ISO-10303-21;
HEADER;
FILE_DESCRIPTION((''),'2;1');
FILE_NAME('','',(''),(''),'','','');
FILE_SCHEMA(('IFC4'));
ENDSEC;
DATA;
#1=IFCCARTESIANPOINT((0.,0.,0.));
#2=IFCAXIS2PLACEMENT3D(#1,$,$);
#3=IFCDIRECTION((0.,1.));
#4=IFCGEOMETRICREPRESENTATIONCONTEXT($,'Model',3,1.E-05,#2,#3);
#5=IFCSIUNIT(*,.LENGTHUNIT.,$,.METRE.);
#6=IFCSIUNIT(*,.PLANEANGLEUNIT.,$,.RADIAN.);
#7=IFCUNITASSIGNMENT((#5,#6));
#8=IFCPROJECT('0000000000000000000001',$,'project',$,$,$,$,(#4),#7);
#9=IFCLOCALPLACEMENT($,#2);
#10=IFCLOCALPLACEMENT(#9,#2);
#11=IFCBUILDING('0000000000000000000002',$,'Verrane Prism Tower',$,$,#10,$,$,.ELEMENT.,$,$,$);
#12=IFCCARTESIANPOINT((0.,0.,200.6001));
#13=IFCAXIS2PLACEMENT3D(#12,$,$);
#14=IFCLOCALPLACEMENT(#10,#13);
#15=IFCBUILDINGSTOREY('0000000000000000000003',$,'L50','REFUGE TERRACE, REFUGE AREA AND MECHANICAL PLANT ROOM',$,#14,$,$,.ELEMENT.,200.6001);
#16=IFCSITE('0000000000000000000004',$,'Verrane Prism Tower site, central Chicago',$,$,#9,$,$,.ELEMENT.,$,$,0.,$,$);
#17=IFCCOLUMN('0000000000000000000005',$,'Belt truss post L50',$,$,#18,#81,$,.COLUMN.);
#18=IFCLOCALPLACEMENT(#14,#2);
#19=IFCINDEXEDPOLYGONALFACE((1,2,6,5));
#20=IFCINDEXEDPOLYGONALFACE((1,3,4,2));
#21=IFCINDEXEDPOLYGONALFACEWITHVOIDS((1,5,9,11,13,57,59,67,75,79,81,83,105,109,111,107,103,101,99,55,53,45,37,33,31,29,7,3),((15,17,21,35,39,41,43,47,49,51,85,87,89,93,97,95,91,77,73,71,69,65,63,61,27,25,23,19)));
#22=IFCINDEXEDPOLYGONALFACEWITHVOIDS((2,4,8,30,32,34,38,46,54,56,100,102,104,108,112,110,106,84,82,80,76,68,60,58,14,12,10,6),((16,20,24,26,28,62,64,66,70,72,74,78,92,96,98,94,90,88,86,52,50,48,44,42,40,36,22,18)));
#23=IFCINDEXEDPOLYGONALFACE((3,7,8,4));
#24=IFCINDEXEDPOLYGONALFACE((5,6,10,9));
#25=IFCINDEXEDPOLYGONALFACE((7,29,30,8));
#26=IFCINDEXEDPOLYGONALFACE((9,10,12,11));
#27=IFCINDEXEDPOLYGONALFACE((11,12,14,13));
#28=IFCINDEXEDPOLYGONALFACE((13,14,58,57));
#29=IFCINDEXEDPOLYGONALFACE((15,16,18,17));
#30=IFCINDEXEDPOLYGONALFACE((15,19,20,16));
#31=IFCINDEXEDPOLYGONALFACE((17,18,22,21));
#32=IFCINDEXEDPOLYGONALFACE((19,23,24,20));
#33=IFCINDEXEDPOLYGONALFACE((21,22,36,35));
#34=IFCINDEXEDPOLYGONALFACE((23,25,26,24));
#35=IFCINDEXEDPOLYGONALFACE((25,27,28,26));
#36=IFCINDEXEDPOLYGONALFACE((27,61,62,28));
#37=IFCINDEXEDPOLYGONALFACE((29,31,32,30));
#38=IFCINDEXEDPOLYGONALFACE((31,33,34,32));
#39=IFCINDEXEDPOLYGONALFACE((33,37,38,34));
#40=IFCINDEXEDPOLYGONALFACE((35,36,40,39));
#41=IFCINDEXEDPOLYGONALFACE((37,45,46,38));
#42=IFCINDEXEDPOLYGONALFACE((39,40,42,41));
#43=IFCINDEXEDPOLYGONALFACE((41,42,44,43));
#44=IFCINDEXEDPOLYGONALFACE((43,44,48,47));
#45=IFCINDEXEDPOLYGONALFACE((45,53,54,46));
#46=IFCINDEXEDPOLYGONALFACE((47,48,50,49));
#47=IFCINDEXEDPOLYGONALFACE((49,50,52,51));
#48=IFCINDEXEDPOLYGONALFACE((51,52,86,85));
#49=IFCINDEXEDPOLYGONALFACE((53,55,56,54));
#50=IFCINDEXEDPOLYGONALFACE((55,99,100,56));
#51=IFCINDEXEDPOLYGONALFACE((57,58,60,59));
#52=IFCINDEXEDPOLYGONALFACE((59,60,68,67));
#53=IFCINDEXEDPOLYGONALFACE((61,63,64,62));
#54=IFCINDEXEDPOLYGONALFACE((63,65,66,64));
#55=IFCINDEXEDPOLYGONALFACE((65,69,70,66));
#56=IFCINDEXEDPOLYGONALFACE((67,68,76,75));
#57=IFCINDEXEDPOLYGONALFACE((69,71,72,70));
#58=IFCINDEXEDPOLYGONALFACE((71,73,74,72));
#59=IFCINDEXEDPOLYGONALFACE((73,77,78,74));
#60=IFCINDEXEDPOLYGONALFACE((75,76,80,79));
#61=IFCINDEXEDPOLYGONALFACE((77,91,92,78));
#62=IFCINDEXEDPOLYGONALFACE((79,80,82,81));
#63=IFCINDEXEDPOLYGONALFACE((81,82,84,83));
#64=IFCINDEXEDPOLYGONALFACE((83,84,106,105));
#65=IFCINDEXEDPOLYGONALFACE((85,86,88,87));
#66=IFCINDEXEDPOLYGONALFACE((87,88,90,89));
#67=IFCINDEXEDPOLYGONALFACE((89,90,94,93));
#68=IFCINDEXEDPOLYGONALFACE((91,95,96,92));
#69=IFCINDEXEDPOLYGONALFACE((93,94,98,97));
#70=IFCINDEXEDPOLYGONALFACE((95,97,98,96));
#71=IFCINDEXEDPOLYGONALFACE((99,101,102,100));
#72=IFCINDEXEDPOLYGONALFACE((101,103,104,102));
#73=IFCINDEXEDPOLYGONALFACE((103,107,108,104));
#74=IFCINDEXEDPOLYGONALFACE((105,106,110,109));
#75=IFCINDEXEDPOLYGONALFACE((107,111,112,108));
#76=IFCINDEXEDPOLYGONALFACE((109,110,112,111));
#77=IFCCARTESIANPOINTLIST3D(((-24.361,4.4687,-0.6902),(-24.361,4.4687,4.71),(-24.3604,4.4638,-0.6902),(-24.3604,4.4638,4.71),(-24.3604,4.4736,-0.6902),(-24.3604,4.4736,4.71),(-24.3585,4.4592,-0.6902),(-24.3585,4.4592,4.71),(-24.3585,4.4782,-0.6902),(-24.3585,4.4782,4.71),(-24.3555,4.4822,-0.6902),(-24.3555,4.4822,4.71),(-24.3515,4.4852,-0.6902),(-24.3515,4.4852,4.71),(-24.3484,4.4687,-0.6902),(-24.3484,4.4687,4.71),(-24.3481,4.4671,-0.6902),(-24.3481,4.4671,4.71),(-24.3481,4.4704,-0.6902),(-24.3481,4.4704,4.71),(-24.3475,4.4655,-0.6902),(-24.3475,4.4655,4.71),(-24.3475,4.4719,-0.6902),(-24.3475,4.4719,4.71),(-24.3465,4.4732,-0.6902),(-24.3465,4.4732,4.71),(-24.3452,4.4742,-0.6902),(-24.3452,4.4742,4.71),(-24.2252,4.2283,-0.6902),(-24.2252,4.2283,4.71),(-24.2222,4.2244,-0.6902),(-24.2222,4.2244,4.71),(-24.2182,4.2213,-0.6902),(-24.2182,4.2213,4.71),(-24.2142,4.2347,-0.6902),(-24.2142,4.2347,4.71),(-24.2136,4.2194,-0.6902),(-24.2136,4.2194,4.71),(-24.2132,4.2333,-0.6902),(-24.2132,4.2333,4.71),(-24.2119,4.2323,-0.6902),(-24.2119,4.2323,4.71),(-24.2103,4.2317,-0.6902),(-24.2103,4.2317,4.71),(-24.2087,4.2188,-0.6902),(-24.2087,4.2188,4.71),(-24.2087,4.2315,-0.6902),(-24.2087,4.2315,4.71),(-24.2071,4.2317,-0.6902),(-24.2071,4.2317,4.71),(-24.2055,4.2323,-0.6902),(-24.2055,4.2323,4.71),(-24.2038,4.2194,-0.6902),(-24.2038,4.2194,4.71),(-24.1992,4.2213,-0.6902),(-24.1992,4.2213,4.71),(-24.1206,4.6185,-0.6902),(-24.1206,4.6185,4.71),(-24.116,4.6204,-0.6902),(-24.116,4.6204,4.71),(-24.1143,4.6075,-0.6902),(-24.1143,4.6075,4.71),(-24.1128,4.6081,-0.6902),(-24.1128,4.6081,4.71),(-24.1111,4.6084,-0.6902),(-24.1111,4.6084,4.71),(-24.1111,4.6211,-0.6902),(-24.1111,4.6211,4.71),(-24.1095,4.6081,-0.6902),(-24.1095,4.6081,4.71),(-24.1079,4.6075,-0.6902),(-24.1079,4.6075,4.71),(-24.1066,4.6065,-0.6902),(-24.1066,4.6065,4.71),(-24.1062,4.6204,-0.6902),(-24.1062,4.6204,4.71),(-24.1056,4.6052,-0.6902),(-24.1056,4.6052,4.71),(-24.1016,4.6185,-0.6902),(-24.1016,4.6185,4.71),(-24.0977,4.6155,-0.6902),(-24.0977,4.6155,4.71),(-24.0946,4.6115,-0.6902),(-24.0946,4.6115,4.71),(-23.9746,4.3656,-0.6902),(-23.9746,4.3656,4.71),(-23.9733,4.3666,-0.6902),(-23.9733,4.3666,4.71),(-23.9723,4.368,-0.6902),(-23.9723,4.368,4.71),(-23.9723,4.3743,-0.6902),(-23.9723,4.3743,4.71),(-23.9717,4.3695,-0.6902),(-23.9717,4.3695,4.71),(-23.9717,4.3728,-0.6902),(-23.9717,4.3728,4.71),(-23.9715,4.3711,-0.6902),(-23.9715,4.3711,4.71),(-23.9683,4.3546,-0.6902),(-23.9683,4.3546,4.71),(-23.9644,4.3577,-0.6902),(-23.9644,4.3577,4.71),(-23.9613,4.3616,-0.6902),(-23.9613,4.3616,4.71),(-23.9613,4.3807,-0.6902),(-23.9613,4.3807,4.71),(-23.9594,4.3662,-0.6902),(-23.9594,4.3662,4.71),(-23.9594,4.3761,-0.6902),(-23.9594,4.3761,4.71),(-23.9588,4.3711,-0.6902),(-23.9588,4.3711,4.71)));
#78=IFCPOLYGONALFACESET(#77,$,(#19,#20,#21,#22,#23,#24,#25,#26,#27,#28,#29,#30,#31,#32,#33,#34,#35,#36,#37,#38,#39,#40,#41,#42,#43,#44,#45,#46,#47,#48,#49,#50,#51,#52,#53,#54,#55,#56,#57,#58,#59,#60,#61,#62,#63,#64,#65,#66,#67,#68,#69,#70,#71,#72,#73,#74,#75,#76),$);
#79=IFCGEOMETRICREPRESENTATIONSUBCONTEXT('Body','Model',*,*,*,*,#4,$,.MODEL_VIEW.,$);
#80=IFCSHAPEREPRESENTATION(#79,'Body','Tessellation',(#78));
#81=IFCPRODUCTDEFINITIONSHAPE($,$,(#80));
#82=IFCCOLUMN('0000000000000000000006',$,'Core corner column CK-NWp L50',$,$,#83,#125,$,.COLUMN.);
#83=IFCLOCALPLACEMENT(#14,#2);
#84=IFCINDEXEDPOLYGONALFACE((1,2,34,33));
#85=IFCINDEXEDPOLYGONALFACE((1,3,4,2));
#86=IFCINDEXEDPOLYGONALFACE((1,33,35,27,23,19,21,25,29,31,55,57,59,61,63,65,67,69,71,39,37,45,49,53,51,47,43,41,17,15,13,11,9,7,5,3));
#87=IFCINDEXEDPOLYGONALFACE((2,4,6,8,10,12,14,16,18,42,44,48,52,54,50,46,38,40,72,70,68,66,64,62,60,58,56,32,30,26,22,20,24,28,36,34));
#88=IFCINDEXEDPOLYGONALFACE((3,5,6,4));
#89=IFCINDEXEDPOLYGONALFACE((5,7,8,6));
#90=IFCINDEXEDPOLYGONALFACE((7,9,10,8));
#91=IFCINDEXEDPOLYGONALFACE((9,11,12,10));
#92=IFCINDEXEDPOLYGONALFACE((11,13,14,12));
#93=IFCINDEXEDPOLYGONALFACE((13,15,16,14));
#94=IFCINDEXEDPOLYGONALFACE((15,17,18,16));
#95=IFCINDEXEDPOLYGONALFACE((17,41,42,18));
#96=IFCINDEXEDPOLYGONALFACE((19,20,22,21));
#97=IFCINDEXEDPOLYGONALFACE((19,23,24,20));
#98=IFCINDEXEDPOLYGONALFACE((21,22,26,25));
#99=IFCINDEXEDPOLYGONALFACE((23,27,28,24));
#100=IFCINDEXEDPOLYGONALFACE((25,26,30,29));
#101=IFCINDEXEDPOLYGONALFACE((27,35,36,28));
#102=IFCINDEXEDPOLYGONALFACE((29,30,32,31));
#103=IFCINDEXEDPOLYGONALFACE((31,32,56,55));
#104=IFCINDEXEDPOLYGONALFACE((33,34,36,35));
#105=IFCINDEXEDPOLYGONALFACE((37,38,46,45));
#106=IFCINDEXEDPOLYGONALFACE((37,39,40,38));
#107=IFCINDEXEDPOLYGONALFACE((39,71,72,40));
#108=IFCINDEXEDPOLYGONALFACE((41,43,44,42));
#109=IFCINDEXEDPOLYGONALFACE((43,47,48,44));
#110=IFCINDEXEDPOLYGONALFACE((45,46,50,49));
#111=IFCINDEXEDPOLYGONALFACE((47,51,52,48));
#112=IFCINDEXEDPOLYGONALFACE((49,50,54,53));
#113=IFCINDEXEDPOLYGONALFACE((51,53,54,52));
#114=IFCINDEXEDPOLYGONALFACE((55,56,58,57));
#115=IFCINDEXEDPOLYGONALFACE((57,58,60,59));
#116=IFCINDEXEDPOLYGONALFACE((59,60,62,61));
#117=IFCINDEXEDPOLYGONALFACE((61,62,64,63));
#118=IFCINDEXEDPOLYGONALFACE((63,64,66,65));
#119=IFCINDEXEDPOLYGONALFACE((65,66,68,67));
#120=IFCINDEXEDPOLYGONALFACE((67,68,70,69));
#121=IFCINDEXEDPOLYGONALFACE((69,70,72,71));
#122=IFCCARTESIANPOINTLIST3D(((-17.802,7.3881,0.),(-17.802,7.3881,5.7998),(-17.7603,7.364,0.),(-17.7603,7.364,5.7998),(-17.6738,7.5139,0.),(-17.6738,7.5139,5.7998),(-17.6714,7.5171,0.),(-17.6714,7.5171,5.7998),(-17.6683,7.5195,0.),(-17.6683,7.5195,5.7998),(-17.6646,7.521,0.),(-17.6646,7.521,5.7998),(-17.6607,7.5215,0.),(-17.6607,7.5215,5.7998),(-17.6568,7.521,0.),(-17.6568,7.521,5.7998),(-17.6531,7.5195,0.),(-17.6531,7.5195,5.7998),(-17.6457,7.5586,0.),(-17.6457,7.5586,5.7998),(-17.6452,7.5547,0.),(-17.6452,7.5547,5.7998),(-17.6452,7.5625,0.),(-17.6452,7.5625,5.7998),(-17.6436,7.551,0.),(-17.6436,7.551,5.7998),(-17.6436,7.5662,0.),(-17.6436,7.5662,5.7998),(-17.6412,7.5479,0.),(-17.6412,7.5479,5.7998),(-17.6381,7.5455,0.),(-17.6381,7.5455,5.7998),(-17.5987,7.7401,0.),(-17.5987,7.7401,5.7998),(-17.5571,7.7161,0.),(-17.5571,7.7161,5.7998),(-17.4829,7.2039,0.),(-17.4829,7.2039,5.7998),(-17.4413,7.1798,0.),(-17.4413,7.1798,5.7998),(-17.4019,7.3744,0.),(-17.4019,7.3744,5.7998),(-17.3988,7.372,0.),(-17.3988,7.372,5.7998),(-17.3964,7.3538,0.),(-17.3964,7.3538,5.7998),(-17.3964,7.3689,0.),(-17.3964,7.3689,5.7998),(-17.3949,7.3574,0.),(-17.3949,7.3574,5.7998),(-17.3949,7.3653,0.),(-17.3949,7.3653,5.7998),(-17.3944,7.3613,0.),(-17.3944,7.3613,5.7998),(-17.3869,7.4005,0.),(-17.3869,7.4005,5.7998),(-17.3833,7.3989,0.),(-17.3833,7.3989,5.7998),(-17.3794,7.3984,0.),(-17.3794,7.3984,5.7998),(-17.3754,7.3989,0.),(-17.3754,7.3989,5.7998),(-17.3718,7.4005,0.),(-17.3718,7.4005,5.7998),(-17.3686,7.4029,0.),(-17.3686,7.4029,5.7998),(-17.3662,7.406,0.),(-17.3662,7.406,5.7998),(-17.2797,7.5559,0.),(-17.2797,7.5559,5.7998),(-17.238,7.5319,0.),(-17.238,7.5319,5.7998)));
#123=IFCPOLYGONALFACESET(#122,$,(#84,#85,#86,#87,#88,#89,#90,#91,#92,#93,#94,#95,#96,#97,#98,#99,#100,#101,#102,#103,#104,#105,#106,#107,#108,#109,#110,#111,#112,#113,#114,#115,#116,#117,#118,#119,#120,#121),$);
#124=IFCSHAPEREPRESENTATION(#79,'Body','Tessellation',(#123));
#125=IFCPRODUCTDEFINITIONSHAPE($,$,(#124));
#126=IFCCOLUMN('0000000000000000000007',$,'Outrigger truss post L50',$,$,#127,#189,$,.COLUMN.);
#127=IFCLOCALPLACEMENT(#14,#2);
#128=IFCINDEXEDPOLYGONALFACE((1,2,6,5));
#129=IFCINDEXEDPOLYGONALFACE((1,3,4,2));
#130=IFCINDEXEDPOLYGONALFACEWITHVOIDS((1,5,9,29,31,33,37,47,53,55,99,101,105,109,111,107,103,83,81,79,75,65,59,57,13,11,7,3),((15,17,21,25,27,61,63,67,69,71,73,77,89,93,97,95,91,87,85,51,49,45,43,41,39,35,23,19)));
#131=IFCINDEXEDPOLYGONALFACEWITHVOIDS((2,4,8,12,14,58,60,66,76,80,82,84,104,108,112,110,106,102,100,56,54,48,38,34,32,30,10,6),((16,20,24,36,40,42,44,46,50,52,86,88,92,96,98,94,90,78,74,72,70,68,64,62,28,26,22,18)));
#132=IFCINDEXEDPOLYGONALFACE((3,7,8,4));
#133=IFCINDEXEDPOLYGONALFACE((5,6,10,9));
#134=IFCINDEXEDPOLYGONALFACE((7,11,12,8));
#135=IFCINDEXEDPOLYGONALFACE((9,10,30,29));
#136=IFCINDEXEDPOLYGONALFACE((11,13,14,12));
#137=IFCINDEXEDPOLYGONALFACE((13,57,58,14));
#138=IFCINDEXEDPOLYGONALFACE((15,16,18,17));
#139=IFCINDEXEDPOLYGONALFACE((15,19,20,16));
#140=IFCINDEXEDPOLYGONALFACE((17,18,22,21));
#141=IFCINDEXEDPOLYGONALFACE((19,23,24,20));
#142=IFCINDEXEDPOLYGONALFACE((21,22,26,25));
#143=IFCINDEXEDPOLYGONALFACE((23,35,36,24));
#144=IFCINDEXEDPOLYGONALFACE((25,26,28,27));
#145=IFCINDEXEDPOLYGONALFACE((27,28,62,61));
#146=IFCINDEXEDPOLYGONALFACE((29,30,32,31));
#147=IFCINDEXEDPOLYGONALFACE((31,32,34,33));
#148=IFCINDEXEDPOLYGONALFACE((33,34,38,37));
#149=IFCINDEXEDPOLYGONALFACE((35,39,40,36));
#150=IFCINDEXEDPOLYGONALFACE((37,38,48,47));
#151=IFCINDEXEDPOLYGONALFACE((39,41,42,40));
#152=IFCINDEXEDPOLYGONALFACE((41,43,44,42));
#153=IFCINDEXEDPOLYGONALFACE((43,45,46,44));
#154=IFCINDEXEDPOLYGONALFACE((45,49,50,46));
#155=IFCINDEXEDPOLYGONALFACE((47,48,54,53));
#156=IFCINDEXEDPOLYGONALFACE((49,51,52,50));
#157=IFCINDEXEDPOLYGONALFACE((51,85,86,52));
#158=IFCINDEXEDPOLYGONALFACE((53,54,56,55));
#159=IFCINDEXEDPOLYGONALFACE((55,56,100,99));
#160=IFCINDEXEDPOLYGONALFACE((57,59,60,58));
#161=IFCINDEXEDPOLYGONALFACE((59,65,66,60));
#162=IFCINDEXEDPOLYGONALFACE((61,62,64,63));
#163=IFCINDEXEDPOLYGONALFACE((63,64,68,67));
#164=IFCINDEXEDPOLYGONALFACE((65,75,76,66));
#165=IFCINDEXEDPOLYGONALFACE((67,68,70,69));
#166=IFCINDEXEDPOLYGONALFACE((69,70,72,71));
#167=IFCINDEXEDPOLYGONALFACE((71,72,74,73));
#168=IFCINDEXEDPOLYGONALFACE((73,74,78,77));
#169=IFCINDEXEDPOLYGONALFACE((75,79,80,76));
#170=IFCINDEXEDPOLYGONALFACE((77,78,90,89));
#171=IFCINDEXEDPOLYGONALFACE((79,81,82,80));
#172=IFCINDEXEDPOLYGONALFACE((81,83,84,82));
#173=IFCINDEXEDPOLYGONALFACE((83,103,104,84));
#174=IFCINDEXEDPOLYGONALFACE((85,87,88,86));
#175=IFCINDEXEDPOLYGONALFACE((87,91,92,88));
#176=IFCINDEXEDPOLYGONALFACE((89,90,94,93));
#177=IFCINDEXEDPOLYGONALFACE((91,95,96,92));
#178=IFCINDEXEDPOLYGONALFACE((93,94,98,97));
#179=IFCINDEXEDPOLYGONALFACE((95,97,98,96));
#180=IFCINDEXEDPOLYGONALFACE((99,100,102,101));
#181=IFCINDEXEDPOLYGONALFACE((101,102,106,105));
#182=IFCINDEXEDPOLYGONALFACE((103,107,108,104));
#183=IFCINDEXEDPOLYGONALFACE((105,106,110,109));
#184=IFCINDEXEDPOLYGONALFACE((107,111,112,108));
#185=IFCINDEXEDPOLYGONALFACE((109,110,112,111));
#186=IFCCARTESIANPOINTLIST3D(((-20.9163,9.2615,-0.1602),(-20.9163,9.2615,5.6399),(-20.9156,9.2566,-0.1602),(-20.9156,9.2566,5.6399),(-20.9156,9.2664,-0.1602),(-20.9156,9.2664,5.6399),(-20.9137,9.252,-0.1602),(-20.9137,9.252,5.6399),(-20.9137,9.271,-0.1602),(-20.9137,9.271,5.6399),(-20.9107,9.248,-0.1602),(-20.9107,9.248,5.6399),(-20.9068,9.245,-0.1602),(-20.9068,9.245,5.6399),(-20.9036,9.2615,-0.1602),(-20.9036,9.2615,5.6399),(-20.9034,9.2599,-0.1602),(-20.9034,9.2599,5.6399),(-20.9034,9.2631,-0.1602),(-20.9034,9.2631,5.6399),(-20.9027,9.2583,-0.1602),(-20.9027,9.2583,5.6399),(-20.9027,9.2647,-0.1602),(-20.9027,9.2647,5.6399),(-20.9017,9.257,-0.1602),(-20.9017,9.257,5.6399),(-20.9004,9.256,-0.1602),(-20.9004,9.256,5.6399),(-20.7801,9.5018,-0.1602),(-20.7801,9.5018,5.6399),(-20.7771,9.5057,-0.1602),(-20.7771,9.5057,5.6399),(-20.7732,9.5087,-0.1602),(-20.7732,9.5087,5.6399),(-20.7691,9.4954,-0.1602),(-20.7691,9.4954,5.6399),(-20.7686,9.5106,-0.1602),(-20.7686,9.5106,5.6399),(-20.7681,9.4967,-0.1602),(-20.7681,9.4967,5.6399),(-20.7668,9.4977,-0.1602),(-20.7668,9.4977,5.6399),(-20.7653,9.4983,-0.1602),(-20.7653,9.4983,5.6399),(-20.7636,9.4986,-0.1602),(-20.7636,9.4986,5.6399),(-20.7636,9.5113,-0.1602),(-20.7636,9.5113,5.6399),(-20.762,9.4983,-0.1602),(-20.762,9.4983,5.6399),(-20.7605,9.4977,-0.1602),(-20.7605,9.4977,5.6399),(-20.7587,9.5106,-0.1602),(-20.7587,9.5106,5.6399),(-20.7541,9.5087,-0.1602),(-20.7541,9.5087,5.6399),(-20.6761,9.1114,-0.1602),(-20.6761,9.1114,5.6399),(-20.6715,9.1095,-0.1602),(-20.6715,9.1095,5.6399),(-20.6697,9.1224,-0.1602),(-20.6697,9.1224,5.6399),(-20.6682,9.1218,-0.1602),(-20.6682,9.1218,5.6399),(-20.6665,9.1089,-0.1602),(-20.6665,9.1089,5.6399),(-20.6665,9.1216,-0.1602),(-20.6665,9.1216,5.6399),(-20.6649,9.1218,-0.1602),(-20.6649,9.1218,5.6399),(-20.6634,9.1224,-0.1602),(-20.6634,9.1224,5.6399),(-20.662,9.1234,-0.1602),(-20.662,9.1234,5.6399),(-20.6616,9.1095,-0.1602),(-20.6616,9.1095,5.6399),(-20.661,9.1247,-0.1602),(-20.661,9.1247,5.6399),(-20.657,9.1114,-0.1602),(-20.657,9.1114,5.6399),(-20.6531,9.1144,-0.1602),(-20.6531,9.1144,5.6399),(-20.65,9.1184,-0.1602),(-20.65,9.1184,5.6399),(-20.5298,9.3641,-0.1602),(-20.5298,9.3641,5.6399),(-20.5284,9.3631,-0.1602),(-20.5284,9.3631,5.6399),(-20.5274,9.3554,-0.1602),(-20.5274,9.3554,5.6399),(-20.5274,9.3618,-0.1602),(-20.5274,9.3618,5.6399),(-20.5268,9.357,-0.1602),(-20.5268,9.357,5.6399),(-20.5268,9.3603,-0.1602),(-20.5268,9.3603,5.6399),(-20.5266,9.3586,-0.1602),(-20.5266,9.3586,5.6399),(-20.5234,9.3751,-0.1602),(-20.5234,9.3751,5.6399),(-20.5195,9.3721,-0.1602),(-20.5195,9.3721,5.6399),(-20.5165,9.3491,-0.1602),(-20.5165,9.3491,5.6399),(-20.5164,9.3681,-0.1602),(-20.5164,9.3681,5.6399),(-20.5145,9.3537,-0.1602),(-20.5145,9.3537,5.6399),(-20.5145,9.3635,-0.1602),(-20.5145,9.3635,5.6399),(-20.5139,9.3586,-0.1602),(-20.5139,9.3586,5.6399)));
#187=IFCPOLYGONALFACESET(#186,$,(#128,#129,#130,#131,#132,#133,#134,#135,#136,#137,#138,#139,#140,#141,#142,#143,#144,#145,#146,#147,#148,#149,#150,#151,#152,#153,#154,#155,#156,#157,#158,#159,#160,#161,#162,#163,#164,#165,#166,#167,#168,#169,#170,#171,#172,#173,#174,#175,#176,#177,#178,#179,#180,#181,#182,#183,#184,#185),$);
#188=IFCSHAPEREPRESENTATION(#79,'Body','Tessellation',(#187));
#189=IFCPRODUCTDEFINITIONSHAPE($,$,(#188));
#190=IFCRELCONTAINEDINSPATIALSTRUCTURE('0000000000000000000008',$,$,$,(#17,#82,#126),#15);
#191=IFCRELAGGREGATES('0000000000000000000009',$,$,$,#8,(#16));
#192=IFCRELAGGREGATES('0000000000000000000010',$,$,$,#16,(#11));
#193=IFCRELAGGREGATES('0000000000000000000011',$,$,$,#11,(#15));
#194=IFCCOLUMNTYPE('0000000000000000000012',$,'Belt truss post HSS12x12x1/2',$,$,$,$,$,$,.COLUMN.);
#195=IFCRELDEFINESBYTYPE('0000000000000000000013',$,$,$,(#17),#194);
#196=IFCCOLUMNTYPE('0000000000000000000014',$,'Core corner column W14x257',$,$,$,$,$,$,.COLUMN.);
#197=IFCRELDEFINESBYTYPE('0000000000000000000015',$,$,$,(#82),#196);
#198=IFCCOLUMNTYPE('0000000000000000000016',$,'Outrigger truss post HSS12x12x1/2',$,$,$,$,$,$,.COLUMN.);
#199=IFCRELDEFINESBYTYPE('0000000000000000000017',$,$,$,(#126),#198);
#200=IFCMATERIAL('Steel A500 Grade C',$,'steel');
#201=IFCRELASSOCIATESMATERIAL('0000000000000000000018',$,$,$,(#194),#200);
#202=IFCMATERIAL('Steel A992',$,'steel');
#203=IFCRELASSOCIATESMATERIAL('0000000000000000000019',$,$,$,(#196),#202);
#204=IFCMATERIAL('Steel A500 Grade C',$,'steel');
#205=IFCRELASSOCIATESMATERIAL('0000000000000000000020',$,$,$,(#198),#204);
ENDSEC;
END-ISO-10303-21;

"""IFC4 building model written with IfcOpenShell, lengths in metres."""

from ifc_helpers import new_model, si_unit, direction, frame, origin, origin_2d, place, context, subcontext, project, spatial, hollow_rectangle, i_section, extrude, material, material_profile, profile_set, type_object, element, save


model = new_model("IFC4")

# Units and contexts
model_context = context("Model", 3, precision=1e-05, world=origin(), true_north=direction((0.0, 1.0)))
body_context = subcontext(model_context, "Body", "Model", "MODEL_VIEW")
ifc_project = project(units=[si_unit("LENGTHUNIT", "METRE"), si_unit("PLANEANGLEUNIT", "RADIAN")], contexts=[model_context])

# Site, building, storey
site_placement = place(None, origin())
site = spatial("IfcSite", under=ifc_project, at=site_placement, Name="Verrane Prism Tower site, central Chicago", CompositionType="ELEMENT", RefElevation=0.0)
building_placement = place(site_placement, origin())
building = spatial("IfcBuilding", under=site, at=building_placement, Name="Verrane Prism Tower", CompositionType="ELEMENT")
storey_placement = place(building_placement, frame((0.0, 0.0, 200.6001)))
storey = spatial("IfcBuildingStorey", under=building, at=storey_placement, Name="L50", Description="REFUGE TERRACE, REFUGE AREA AND MECHANICAL PLANT ROOM", CompositionType="ELEMENT", Elevation=200.6001)

# Columns
ifc_material_1 = material(Name="Steel A500 Grade C", Category="steel")
ifc_material_profile_1 = material_profile(ifc_material_1, hollow_rectangle(XDim=0.3047, YDim=0.3047, WallThickness=0.0127, InnerFilletRadius=0.0063, OuterFilletRadius=0.019, at=origin_2d()), Name="HSS12x12x1/2")
ifc_profile_set_1 = profile_set([ifc_material_profile_1], Name="Steel A500 Grade C")
column_type_1 = type_object("IfcColumnType", Name="Belt truss post HSS12x12x1/2", PredefinedType="COLUMN", material=ifc_profile_set_1)
column_1_placement = place(storey_placement, frame((-24.1599, 4.4199, -0.6902), z_axis=(0.0, 0.0, 1.0), x_axis=(-0.5, 0.866025, 0.0)))
element("IfcColumn", 1, at=column_1_placement, inside=storey, type_object=column_type_1, Name="Belt truss post L50", PredefinedType="COLUMN", context=body_context, shape_type="SweptSolid", body=[
    extrude(hollow_rectangle(XDim=0.3047, YDim=0.3047, WallThickness=0.0127, InnerFilletRadius=0.0063, OuterFilletRadius=0.019, at=origin_2d()), origin(), (0.0, 0.0, 1.0), 5.4001),
])
ifc_material_2 = material(Name="Steel A992", Category="steel")
ifc_material_profile_2 = material_profile(ifc_material_2, i_section(OverallWidth=0.4065, OverallDepth=0.4165, WebThickness=0.03, FlangeThickness=0.0481, FilletRadius=0.0151, at=origin_2d()), Name="W14x257")
ifc_profile_set_2 = profile_set([ifc_material_profile_2], Name="Steel A992")
column_type_2 = type_object("IfcColumnType", Name="Core corner column W14x257", PredefinedType="COLUMN", material=ifc_profile_set_2)
column_2_placement = place(storey_placement, frame((-17.52, 7.46, 0.0), z_axis=(0.0, 0.0, 1.0), x_axis=(0.5, 0.866025, 0.0)))
element("IfcColumn", 2, at=column_2_placement, inside=storey, type_object=column_type_2, Name="Core corner column CK-NWp L50", PredefinedType="COLUMN", context=body_context, shape_type="SweptSolid", body=[
    extrude(i_section(OverallWidth=0.4065, OverallDepth=0.4165, WebThickness=0.03, FlangeThickness=0.0481, FilletRadius=0.0151, at=origin_2d()), origin(), (0.0, 0.0, 1.0), 5.7998),
])
ifc_material_3 = material(Name="Steel A500 Grade C", Category="steel")
ifc_material_profile_3 = material_profile(ifc_material_3, hollow_rectangle(XDim=0.3047, YDim=0.3047, WallThickness=0.0127, InnerFilletRadius=0.0063, OuterFilletRadius=0.019, at=origin_2d()), Name="HSS12x12x1/2")
ifc_profile_set_3 = profile_set([ifc_material_profile_3], Name="Steel A500 Grade C")
column_type_3 = type_object("IfcColumnType", Name="Outrigger truss post HSS12x12x1/2", PredefinedType="COLUMN", material=ifc_profile_set_3)
column_3_placement = place(storey_placement, frame((-20.7151, 9.3101, -0.1602), z_axis=(0.0, 0.0, 1.0), x_axis=(-0.501089, -0.865396, 0.0)))
element("IfcColumn", 3, at=column_3_placement, inside=storey, type_object=column_type_3, Name="Outrigger truss post L50", PredefinedType="COLUMN", context=body_context, shape_type="SweptSolid", body=[
    extrude(hollow_rectangle(XDim=0.3047, YDim=0.3047, WallThickness=0.0127, InnerFilletRadius=0.0063, OuterFilletRadius=0.019, at=origin_2d()), origin(), (0.0, 0.0, 1.0), 5.8),
])

save(model, "model.ifc")
